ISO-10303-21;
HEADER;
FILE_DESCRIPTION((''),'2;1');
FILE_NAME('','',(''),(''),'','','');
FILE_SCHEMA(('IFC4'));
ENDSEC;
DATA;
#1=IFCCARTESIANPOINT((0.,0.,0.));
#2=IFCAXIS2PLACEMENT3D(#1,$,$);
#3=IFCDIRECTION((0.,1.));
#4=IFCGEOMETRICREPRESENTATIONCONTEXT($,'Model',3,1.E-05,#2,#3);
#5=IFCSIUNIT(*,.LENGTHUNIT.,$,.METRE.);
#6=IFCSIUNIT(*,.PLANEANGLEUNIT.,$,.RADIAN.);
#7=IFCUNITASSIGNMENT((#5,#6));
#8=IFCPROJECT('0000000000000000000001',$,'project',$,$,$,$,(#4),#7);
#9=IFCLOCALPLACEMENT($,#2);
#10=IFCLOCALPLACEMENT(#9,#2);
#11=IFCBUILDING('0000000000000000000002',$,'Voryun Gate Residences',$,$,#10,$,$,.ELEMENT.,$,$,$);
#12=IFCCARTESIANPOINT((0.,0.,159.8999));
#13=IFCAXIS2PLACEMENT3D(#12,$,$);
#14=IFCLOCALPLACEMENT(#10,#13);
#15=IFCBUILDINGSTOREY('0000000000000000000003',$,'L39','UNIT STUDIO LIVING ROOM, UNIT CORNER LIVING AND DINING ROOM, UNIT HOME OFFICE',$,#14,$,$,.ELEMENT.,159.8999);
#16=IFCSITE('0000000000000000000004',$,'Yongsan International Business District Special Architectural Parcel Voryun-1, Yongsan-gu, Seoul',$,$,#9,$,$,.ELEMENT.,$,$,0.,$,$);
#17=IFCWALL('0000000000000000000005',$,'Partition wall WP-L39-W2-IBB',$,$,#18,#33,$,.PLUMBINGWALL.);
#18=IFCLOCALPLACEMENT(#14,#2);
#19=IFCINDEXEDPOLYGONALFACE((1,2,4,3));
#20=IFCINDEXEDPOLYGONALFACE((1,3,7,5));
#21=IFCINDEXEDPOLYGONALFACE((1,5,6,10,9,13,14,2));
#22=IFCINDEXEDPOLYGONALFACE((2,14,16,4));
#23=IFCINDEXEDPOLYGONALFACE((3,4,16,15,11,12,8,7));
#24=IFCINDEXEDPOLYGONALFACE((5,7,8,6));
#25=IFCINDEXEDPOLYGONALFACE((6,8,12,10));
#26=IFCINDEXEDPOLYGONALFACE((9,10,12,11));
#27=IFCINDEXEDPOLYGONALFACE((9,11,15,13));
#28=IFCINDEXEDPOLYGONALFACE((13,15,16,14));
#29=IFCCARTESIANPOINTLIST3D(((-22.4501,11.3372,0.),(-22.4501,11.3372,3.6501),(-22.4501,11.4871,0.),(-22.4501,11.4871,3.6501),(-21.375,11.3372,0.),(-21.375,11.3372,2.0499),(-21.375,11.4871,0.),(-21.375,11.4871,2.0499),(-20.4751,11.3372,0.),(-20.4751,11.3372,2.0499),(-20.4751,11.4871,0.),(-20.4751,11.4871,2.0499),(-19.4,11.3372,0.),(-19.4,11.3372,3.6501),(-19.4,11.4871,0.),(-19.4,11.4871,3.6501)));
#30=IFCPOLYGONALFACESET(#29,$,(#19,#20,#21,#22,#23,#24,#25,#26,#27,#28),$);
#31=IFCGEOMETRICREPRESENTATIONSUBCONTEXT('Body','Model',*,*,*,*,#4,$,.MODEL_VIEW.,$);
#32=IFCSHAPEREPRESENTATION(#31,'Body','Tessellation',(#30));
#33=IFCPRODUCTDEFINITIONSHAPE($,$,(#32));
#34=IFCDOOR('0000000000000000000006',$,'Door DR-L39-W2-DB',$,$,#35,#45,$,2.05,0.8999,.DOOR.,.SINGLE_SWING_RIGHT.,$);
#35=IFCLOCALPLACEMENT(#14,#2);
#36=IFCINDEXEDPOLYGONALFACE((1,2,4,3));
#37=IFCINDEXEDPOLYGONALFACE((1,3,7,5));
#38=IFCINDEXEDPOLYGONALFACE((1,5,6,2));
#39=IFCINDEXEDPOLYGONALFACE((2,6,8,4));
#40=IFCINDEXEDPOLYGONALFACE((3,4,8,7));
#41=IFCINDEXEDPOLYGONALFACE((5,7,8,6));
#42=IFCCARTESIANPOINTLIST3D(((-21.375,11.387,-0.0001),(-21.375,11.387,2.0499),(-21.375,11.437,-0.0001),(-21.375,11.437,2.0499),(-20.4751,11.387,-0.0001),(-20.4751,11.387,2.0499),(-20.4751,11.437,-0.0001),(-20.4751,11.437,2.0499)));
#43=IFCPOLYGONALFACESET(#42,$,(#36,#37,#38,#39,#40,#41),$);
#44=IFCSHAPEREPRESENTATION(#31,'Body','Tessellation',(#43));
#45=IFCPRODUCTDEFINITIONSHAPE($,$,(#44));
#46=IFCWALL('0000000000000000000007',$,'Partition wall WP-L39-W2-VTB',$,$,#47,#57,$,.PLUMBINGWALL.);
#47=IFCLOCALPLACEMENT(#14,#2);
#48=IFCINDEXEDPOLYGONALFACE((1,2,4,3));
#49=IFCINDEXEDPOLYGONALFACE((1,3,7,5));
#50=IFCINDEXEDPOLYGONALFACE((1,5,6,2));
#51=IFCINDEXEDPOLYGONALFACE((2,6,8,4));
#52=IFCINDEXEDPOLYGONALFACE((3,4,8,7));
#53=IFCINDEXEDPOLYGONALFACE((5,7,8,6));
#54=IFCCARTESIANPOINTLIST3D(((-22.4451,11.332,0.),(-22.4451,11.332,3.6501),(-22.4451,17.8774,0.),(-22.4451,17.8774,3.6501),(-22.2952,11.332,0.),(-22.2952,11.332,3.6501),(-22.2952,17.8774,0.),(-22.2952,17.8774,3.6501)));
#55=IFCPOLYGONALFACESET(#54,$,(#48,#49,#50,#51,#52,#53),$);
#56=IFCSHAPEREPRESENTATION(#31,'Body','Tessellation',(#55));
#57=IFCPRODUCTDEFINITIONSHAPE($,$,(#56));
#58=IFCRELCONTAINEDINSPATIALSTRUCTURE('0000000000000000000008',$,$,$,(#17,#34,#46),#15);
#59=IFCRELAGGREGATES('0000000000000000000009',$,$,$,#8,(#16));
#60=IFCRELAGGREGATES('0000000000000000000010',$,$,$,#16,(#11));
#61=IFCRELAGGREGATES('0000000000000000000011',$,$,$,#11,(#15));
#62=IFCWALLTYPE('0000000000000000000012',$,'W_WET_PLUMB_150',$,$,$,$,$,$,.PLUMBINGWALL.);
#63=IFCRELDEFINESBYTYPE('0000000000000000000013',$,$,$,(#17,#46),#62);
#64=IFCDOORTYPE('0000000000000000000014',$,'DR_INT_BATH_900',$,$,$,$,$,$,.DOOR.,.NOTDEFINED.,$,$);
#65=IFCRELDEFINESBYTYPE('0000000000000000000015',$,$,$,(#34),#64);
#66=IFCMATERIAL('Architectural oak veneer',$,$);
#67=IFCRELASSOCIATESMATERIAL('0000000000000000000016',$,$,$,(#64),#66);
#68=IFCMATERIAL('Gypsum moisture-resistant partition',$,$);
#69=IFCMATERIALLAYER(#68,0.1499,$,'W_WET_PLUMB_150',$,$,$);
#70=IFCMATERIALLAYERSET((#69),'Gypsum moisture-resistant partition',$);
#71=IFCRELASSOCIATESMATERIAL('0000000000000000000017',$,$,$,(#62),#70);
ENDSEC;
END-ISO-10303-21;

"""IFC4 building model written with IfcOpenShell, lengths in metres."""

from ifc_helpers import new_model, si_unit, direction, frame, frame_2d, origin, place, context, subcontext, project, spatial, rectangle, extrude, material, layer, layer_set, type_object, element, fill, save


model = new_model("IFC4")

# Units and contexts
model_context = context("Model", 3, precision=1e-05, world=origin(), true_north=direction((0.0, 1.0)))
body_context = subcontext(model_context, "Body", "Model", "MODEL_VIEW")
ifc_project = project(units=[si_unit("LENGTHUNIT", "METRE"), si_unit("PLANEANGLEUNIT", "RADIAN")], contexts=[model_context])

# Site, building, storey
site_placement = place(None, origin())
site = spatial("IfcSite", under=ifc_project, at=site_placement, Name="Yongsan International Business District Special Architectural Parcel Voryun-1, Yongsan-gu, Seoul", CompositionType="ELEMENT", RefElevation=0.0)
building_placement = place(site_placement, origin())
building = spatial("IfcBuilding", under=site, at=building_placement, Name="Voryun Gate Residences", CompositionType="ELEMENT")
storey_placement = place(building_placement, frame((0.0, 0.0, 159.8999)))
storey = spatial("IfcBuildingStorey", under=building, at=storey_placement, Name="L39", Description="UNIT STUDIO LIVING ROOM, UNIT CORNER LIVING AND DINING ROOM, UNIT HOME OFFICE", CompositionType="ELEMENT", Elevation=159.8999)

# Shared definitions
ifc_material_1 = material(Name="Architectural oak veneer")
door_type_1 = type_object("IfcDoorType", Name="DR_INT_BATH_900", OperationType="NOTDEFINED", PredefinedType="DOOR", material=ifc_material_1)

# Shared definitions
ifc_material_2 = material(Name="Gypsum moisture-resistant partition")
ifc_layer_1 = layer(ifc_material_2, 0.1499, Name="W_WET_PLUMB_150")
ifc_layer_set_1 = layer_set([ifc_layer_1], Name="Gypsum moisture-resistant partition")
wall_type_1 = type_object("IfcWallType", Name="W_WET_PLUMB_150", PredefinedType="PLUMBINGWALL", material=ifc_layer_set_1)

# Wall, opening, door
wall_1_placement = place(storey_placement, frame((-22.45, 11.4121, 0.0), z_axis=(0.0, 0.0, 1.0), x_axis=(1.0, 0.0, 0.0)))
wall_1 = element("IfcWall", 1, at=wall_1_placement, inside=storey, type_object=wall_type_1, Name="Partition wall WP-L39-W2-IBB", PredefinedType="PLUMBINGWALL", context=body_context, shape_type="SweptSolid", body=[
    extrude(rectangle(XDim=3.05, YDim=0.1499, at=frame_2d((1.5249, 0.0))), origin(), (0.0, 0.0, 1.0), 3.6501),
])
opening_1_placement = place(wall_1_placement, frame((1.075, 0.0, 0.0)))
opening_1 = element("IfcOpeningElement", 2, at=opening_1_placement, cuts=wall_1, PredefinedType="OPENING", context=body_context, shape_type="SweptSolid", body=[
    extrude(rectangle(XDim=0.8999, YDim=2.05, at=frame_2d((0.45, 1.0249))), frame((0.0, 0.085, 0.0), z_axis=(0.0, -1.0, 0.0), x_axis=(1.0, 0.0, 0.0)), (0.0, 0.0, 1.0), 0.1699),
])
door_1_placement = place(opening_1_placement, origin())
door_1 = element("IfcDoor", 3, at=door_1_placement, inside=storey, type_object=door_type_1, Name="Door DR-L39-W2-DB", OperationType="SINGLE_SWING_RIGHT", OverallHeight=2.05, OverallWidth=0.8999, PredefinedType="DOOR", context=body_context, shape_type="SweptSolid", body=[
    extrude(rectangle(XDim=0.8999, YDim=2.05, at=frame_2d((0.45, 1.0249))), frame((0.0, 0.0249, 0.0), z_axis=(0.0, -1.0, 0.0), x_axis=(1.0, 0.0, 0.0)), (0.0, 0.0, 1.0), 0.05),
])
fill(opening_1, door_1)

# Wall
wall_2_placement = place(storey_placement, frame((-22.3701, 11.332, 0.0), z_axis=(0.0, 0.0, 1.0), x_axis=(0.0, 1.0, 0.0)))
element("IfcWall", 4, at=wall_2_placement, inside=storey, type_object=wall_type_1, Name="Partition wall WP-L39-W2-VTB", PredefinedType="PLUMBINGWALL", context=body_context, shape_type="SweptSolid", body=[
    extrude(rectangle(XDim=6.5454, YDim=0.1499, at=frame_2d((3.2727, 0.0))), origin(), (0.0, 0.0, 1.0), 3.6501),
])

save(model, "model.ifc")
